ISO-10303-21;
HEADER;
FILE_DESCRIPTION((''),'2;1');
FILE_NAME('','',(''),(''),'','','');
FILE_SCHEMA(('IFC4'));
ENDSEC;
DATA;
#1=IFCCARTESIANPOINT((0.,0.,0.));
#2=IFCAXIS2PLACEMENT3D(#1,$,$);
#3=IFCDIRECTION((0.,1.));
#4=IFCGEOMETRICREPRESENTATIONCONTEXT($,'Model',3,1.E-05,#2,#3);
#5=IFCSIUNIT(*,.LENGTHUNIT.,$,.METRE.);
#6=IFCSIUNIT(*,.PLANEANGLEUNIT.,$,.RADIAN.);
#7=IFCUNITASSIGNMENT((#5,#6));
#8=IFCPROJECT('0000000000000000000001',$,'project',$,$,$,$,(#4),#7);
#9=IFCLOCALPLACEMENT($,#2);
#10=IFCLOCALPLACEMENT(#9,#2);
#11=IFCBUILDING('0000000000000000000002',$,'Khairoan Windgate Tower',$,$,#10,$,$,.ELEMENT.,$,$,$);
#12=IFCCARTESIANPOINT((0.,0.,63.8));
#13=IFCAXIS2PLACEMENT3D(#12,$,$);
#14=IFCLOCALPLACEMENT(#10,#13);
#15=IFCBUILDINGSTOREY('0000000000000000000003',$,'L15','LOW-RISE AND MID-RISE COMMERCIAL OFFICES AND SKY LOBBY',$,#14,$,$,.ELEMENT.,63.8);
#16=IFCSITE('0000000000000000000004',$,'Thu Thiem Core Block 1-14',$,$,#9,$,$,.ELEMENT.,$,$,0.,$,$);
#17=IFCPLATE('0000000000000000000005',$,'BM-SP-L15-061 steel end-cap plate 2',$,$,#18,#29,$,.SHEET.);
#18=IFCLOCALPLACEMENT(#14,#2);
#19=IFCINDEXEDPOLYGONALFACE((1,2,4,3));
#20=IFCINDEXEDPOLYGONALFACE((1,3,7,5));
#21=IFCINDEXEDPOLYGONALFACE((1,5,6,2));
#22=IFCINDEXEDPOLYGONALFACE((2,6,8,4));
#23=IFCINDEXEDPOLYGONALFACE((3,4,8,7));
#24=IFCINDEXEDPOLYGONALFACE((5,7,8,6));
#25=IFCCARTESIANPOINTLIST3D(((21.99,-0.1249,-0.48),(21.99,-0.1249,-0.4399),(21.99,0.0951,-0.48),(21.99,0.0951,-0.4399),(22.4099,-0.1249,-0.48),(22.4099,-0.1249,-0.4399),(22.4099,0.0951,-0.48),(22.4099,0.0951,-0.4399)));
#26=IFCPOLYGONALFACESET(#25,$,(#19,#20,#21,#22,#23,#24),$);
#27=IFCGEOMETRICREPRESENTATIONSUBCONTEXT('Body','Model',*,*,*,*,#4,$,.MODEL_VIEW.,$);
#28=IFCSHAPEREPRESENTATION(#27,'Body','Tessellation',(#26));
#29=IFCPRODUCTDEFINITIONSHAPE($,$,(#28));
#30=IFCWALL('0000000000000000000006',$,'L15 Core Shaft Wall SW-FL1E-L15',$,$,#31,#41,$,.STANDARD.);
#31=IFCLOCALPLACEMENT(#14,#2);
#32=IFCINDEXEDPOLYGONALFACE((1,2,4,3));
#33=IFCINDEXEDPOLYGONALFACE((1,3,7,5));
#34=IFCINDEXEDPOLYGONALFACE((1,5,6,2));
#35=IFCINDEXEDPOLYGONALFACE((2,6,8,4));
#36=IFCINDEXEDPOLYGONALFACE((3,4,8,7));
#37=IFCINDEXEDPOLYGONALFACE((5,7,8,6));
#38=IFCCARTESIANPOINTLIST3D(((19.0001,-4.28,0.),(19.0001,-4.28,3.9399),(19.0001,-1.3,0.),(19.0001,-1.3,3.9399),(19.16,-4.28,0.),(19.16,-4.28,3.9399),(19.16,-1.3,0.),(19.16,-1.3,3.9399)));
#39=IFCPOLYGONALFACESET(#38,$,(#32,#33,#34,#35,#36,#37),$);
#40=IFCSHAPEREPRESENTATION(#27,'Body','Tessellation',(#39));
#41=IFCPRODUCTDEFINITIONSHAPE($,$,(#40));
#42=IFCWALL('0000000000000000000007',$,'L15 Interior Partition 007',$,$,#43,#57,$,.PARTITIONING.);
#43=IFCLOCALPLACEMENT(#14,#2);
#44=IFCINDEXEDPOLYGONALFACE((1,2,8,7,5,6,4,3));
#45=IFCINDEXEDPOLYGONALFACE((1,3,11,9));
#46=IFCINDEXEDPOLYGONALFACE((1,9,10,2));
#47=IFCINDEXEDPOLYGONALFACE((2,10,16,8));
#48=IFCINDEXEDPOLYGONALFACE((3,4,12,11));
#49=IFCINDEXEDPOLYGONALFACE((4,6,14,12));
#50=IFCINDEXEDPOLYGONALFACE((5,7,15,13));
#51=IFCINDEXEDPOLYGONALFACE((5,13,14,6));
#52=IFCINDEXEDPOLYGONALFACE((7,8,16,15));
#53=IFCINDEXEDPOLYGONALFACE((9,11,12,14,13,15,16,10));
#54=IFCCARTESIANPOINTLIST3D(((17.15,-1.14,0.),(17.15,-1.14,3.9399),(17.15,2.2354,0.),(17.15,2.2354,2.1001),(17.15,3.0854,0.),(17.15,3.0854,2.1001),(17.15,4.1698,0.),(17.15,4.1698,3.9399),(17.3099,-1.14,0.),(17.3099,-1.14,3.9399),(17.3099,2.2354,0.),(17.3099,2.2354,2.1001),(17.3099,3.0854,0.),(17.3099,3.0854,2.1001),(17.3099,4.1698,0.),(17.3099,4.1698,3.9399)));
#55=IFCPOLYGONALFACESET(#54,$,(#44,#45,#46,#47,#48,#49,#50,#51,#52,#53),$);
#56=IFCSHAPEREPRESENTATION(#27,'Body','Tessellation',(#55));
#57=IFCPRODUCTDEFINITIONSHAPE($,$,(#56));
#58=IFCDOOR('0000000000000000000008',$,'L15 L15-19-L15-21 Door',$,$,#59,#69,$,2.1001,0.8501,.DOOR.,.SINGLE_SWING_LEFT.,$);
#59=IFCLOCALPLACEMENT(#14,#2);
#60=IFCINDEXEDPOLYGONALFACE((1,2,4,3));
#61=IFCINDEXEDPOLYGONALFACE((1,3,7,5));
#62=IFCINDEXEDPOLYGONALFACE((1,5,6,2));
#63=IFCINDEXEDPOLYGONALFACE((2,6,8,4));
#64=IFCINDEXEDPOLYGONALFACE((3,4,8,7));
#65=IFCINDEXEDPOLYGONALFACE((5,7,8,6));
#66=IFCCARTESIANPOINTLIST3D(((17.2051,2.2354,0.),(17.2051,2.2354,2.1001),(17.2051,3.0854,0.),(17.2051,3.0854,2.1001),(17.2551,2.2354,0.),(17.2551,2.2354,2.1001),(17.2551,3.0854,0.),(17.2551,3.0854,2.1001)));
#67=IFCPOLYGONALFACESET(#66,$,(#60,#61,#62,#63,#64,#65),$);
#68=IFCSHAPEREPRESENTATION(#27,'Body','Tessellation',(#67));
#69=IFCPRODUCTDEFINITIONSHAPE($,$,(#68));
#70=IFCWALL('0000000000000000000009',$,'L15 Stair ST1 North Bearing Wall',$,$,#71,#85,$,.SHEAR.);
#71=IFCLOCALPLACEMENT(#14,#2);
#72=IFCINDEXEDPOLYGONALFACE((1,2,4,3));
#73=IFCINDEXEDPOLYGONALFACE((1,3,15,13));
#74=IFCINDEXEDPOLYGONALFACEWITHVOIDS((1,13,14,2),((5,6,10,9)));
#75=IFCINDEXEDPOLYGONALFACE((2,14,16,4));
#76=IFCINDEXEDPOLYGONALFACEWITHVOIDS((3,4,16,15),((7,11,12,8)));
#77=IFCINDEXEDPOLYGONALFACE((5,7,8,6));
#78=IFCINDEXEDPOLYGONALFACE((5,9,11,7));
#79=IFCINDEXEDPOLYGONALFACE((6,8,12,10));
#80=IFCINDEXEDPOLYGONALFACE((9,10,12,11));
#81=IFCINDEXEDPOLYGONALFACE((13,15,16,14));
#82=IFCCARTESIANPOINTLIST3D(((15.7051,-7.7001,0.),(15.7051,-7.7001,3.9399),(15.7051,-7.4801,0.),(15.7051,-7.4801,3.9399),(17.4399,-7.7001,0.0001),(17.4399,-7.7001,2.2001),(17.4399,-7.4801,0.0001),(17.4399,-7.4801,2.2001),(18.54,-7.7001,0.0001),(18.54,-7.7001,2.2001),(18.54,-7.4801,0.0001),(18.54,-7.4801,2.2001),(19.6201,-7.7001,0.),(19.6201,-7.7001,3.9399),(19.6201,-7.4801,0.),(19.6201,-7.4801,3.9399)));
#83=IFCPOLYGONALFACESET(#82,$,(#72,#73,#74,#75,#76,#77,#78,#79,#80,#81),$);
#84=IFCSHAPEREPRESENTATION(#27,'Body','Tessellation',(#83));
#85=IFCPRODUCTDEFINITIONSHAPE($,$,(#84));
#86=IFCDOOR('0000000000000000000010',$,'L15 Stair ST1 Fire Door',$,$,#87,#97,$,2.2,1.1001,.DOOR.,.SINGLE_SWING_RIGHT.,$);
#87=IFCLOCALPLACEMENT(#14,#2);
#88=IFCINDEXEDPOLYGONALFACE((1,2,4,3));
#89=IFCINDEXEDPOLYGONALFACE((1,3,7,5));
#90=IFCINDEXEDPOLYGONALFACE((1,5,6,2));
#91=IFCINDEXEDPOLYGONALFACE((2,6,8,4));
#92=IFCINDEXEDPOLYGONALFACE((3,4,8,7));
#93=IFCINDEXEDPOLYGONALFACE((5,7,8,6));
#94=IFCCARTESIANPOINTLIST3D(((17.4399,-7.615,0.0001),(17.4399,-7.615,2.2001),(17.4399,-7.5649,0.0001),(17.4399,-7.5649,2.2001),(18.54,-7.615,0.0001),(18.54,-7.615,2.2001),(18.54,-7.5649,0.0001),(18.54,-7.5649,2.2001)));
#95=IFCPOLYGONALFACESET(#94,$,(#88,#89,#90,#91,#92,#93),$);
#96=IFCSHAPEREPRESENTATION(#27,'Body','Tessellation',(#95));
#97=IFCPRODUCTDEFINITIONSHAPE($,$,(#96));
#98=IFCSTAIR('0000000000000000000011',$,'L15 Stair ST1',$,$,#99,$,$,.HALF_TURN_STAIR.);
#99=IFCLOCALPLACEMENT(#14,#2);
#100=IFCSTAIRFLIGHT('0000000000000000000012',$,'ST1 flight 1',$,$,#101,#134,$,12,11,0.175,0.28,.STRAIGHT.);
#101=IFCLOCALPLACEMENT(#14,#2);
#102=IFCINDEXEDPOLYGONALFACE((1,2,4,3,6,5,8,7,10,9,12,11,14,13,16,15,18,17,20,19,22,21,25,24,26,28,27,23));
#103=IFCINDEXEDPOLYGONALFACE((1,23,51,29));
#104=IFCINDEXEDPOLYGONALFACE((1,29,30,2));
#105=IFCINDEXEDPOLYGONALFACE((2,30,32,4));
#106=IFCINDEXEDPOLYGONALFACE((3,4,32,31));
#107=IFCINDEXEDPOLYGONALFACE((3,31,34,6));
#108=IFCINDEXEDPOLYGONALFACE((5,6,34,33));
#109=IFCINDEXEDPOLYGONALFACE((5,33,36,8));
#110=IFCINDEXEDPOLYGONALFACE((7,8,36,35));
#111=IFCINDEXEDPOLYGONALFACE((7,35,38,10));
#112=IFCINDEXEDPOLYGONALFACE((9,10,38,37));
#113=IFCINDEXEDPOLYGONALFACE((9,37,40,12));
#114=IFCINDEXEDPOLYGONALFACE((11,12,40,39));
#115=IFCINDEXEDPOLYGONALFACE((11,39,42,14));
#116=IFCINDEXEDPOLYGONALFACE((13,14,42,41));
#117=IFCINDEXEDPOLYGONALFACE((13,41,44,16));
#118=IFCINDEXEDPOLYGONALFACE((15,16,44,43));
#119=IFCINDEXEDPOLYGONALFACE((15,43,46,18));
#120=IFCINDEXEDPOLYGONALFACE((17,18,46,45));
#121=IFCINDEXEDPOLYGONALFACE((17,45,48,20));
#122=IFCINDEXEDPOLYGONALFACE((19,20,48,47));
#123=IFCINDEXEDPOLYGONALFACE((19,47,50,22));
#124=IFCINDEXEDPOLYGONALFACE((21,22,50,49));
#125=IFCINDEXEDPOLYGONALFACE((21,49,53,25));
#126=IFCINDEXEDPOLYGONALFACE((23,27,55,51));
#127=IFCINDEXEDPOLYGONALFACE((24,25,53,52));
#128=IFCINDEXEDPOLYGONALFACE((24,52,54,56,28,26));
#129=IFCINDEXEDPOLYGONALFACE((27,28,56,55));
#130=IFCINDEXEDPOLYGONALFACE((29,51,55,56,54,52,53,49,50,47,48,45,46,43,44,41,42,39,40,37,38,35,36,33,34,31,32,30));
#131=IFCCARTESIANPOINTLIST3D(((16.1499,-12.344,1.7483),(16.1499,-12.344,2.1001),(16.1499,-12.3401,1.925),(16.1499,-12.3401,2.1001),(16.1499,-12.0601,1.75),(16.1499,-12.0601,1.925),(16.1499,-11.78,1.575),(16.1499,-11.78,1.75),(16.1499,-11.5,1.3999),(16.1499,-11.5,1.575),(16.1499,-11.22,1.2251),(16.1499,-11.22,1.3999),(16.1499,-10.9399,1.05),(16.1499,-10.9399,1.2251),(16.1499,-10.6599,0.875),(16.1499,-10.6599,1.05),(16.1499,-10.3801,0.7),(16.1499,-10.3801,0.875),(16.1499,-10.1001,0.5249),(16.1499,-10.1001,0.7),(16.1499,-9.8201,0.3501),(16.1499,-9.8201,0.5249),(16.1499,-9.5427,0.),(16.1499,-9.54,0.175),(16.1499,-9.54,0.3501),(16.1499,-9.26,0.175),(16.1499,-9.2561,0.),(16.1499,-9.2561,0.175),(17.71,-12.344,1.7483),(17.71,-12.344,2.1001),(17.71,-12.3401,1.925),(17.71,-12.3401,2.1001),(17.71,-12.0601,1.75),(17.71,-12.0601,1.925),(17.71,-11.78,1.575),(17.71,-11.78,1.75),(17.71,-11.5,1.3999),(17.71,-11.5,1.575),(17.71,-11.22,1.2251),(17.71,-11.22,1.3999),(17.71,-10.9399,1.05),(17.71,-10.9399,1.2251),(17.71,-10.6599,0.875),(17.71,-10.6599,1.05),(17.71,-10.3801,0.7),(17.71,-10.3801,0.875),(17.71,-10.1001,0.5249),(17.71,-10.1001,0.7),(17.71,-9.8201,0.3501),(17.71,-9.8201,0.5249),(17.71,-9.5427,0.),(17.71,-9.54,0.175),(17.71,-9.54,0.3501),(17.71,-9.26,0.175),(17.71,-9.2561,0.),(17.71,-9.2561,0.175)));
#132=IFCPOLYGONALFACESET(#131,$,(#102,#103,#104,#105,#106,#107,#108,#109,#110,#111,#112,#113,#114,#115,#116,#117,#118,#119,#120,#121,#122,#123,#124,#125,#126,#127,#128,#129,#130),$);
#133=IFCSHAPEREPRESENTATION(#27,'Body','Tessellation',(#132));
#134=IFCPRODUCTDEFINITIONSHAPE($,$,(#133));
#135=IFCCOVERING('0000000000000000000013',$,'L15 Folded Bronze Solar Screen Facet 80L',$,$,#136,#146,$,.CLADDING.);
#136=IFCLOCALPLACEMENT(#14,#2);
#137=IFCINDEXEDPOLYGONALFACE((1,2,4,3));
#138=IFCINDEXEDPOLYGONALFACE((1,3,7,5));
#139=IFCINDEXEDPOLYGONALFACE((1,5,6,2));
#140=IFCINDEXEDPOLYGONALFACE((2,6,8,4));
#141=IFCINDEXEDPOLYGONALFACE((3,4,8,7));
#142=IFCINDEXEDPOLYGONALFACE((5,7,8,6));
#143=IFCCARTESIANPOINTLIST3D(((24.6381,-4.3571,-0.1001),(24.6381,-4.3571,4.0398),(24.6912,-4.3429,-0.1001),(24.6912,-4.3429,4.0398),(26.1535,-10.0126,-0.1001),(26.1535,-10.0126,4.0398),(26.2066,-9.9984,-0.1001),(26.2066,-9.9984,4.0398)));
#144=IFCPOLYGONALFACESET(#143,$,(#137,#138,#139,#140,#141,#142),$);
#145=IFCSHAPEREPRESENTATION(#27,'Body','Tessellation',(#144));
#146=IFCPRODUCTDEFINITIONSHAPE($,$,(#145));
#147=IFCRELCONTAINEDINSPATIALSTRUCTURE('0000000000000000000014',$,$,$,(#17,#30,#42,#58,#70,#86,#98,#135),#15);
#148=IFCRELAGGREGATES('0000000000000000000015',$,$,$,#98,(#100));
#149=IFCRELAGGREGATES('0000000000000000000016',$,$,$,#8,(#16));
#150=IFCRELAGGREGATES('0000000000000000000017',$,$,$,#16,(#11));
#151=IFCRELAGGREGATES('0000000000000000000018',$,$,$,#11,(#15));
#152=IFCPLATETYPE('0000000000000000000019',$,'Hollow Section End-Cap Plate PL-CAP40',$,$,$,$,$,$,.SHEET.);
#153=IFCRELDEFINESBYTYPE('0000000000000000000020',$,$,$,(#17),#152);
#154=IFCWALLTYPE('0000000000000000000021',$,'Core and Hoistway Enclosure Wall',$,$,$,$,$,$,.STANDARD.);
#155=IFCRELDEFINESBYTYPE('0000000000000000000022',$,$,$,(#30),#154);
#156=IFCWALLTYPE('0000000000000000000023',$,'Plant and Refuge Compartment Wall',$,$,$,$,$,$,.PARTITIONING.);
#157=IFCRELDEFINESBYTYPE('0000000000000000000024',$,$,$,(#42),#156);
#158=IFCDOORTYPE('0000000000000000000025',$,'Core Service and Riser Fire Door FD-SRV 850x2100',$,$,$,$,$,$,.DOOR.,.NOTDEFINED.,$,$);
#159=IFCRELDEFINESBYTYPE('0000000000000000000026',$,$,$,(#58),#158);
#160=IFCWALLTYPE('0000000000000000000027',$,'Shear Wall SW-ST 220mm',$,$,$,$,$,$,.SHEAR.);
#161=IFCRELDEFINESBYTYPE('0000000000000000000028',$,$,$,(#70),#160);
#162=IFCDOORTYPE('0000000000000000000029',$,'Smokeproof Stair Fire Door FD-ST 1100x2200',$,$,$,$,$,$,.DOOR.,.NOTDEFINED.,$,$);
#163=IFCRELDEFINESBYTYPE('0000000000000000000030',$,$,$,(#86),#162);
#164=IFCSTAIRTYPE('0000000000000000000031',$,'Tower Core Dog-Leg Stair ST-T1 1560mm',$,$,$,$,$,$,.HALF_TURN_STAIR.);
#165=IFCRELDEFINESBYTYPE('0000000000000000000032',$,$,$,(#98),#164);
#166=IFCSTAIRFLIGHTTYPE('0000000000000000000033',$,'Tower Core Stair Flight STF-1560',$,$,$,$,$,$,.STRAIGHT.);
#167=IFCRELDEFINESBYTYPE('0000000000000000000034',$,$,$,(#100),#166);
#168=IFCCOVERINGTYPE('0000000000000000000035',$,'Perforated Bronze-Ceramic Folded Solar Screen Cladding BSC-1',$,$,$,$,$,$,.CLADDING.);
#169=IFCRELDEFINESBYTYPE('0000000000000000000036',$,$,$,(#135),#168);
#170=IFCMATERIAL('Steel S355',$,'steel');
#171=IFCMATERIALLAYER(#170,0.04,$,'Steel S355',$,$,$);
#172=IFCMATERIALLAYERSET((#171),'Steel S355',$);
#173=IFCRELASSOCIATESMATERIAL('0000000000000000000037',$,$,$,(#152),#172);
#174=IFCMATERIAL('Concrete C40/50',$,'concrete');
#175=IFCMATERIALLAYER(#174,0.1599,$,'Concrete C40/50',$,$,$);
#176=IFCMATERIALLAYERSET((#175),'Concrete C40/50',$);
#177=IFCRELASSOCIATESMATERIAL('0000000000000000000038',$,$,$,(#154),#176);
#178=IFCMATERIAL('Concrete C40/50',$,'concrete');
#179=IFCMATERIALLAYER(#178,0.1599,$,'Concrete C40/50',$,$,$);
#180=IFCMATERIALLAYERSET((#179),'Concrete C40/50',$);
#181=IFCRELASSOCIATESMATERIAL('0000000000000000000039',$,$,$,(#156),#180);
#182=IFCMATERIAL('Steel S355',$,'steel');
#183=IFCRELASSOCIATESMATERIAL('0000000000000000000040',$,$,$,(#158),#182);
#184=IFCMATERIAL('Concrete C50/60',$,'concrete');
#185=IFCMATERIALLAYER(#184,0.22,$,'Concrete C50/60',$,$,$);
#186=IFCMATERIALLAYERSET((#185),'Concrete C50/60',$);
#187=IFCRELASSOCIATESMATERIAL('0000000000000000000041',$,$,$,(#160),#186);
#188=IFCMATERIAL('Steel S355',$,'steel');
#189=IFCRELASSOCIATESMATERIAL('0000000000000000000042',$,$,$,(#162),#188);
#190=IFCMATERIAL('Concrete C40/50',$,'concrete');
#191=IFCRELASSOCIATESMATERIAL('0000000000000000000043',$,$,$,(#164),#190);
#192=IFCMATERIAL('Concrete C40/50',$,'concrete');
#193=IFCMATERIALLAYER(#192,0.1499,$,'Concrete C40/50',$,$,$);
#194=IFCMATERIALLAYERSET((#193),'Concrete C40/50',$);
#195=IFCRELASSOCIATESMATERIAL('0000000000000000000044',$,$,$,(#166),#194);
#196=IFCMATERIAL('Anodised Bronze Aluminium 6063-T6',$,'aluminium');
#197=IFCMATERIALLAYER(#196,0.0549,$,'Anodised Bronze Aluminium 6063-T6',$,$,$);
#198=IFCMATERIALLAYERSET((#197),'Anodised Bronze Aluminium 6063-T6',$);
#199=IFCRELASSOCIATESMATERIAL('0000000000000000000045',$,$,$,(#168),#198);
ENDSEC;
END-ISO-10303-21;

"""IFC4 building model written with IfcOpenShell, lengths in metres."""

from ifc_helpers import new_model, si_unit, direction, frame, frame_2d, origin, origin_2d, place, context, subcontext, project, spatial, polyline, rectangle, outline, extrude, material, layer, layer_set, type_object, element, fill, aggregate, save


model = new_model("IFC4")

# Units and contexts
model_context = context("Model", 3, precision=1e-05, world=origin(), true_north=direction((0.0, 1.0)))
body_context = subcontext(model_context, "Body", "Model", "MODEL_VIEW")
ifc_project = project(units=[si_unit("LENGTHUNIT", "METRE"), si_unit("PLANEANGLEUNIT", "RADIAN")], contexts=[model_context])

# Site, building, storey
site_placement = place(None, origin())
site = spatial("IfcSite", under=ifc_project, at=site_placement, Name="Thu Thiem Core Block 1-14", CompositionType="ELEMENT", RefElevation=0.0)
building_placement = place(site_placement, origin())
building = spatial("IfcBuilding", under=site, at=building_placement, Name="Khairoan Windgate Tower", CompositionType="ELEMENT")
storey_placement = place(building_placement, frame((0.0, 0.0, 63.8)))
storey = spatial("IfcBuildingStorey", under=building, at=storey_placement, Name="L15", Description="LOW-RISE AND MID-RISE COMMERCIAL OFFICES AND SKY LOBBY", CompositionType="ELEMENT", Elevation=63.8)

# Plate
ifc_material_1 = material(Name="Steel S355", Category="steel")
ifc_layer_1 = layer(ifc_material_1, 0.04, Name="Steel S355")
ifc_layer_set_1 = layer_set([ifc_layer_1], Name="Steel S355")
plate_type = type_object("IfcPlateType", Name="Hollow Section End-Cap Plate PL-CAP40", PredefinedType="SHEET", material=ifc_layer_set_1)
for number, where, z_axis, x_axis, name in (
    (1, (22.2, -0.0149, -0.48), (0.0, 0.0, 1.0), (0.0, 1.0, 0.0), "BM-SP-L15-061 steel end-cap plate 2"),
):
    element("IfcPlate", number, at=place(storey_placement, frame(where, z_axis=z_axis, x_axis=x_axis)), inside=storey, type_object=plate_type, Name=name, PredefinedType="SHEET", context=body_context, shape_type="SweptSolid", body=[
        extrude(rectangle(XDim=0.22, YDim=0.4199, at=origin_2d()), origin(), (0.0, 0.0, 1.0), 0.04),
    ])

# Wall
ifc_material_2 = material(Name="Concrete C40/50", Category="concrete")
ifc_layer_2 = layer(ifc_material_2, 0.1599, Name="Concrete C40/50")
ifc_layer_set_2 = layer_set([ifc_layer_2], Name="Concrete C40/50")
wall_type_1 = type_object("IfcWallType", Name="Core and Hoistway Enclosure Wall", PredefinedType="STANDARD", material=ifc_layer_set_2)
wall_1_placement = place(storey_placement, frame((19.0801, -4.28, 0.0), z_axis=(0.0, 0.0, 1.0), x_axis=(0.0, 1.0, 0.0)))
element("IfcWall", 2, at=wall_1_placement, inside=storey, type_object=wall_type_1, Name="L15 Core Shaft Wall SW-FL1E-L15", PredefinedType="STANDARD", context=body_context, shape_type="SweptSolid", body=[
    extrude(rectangle(XDim=2.98, YDim=0.1599, at=frame_2d((1.49, 0.0))), origin(), (0.0, 0.0, 1.0), 3.9399),
])

# Walls, openings, doors
ifc_material_3 = material(Name="Concrete C40/50", Category="concrete")
ifc_layer_3 = layer(ifc_material_3, 0.1599, Name="Concrete C40/50")
ifc_layer_set_3 = layer_set([ifc_layer_3], Name="Concrete C40/50")
wall_type_2 = type_object("IfcWallType", Name="Plant and Refuge Compartment Wall", PredefinedType="PARTITIONING", material=ifc_layer_set_3)
wall_2_placement = place(storey_placement, frame((17.23, -1.1399, 0.0), z_axis=(0.0, 0.0, 1.0), x_axis=(0.0, 1.0, 0.0)))
wall_2 = element("IfcWall", 3, at=wall_2_placement, inside=storey, type_object=wall_type_2, Name="L15 Interior Partition 007", PredefinedType="PARTITIONING", context=body_context, shape_type="SweptSolid", body=[
    extrude(rectangle(XDim=5.3098, YDim=0.1599, at=frame_2d((2.6548, 0.0))), origin(), (0.0, 0.0, 1.0), 3.9399),
])
opening_1_placement = place(wall_2_placement, frame((3.3752, 0.0, 0.0)))
opening_1 = element("IfcOpeningElement", 4, at=opening_1_placement, cuts=wall_2, PredefinedType="OPENING", context=body_context, shape_type="SweptSolid", body=[
    extrude(rectangle(XDim=0.8501, YDim=2.1001, at=frame_2d((0.425, 1.05))), frame((0.0, 0.0898, 0.0), z_axis=(0.0, -1.0, 0.0), x_axis=(1.0, 0.0, 0.0)), (0.0, 0.0, 1.0), 0.1799),
])
ifc_material_4 = material(Name="Steel S355", Category="steel")
door_type_1 = type_object("IfcDoorType", Name="Core Service and Riser Fire Door FD-SRV 850x2100", OperationType="NOTDEFINED", PredefinedType="DOOR", material=ifc_material_4)
door_1_placement = place(opening_1_placement, origin())
door_1 = element("IfcDoor", 5, at=door_1_placement, inside=storey, type_object=door_type_1, Name="L15 L15-19-L15-21 Door", OperationType="SINGLE_SWING_LEFT", OverallHeight=2.1001, OverallWidth=0.8501, PredefinedType="DOOR", context=body_context, shape_type="SweptSolid", body=[
    extrude(rectangle(XDim=0.8501, YDim=2.1001, at=frame_2d((0.425, 1.05))), frame((0.0, 0.0249, 0.0), z_axis=(0.0, -1.0, 0.0), x_axis=(1.0, 0.0, 0.0)), (0.0, 0.0, 1.0), 0.05),
])
fill(opening_1, door_1)
ifc_material_5 = material(Name="Concrete C50/60", Category="concrete")
ifc_layer_4 = layer(ifc_material_5, 0.22, Name="Concrete C50/60")
ifc_layer_set_4 = layer_set([ifc_layer_4], Name="Concrete C50/60")
wall_type_3 = type_object("IfcWallType", Name="Shear Wall SW-ST 220mm", PredefinedType="SHEAR", material=ifc_layer_set_4)
wall_3_placement = place(storey_placement, frame((19.6201, -7.5901, 0.0), z_axis=(0.0, 0.0, 1.0), x_axis=(-1.0, 0.0, 0.0)))
wall_3 = element("IfcWall", 6, at=wall_3_placement, inside=storey, type_object=wall_type_3, Name="L15 Stair ST1 North Bearing Wall", PredefinedType="SHEAR", context=body_context, shape_type="SweptSolid", body=[
    extrude(rectangle(XDim=3.915, YDim=0.22, at=frame_2d((1.9575, 0.0))), origin(), (0.0, 0.0, 1.0), 3.9399),
])
opening_2_placement = place(wall_3_placement, frame((1.0801, 0.0, 0.0)))
opening_2 = element("IfcOpeningElement", 7, at=opening_2_placement, cuts=wall_3, PredefinedType="OPENING", context=body_context, shape_type="SweptSolid", body=[
    extrude(rectangle(XDim=1.1001, YDim=2.2, at=frame_2d((0.55, 1.1001))), frame((0.0, 0.1199, 0.0), z_axis=(0.0, -1.0, 0.0), x_axis=(1.0, 0.0, 0.0)), (0.0, 0.0, 1.0), 0.24),
])
ifc_material_6 = material(Name="Steel S355", Category="steel")
door_type_2 = type_object("IfcDoorType", Name="Smokeproof Stair Fire Door FD-ST 1100x2200", OperationType="NOTDEFINED", PredefinedType="DOOR", material=ifc_material_6)
door_2_placement = place(opening_2_placement, origin())
door_2 = element("IfcDoor", 8, at=door_2_placement, inside=storey, type_object=door_type_2, Name="L15 Stair ST1 Fire Door", OperationType="SINGLE_SWING_RIGHT", OverallHeight=2.2, OverallWidth=1.1001, PredefinedType="DOOR", context=body_context, shape_type="SweptSolid", body=[
    extrude(rectangle(XDim=1.1001, YDim=2.2, at=frame_2d((0.55, 1.1001))), frame((0.0, 0.0249, 0.0), z_axis=(0.0, -1.0, 0.0), x_axis=(1.0, 0.0, 0.0)), (0.0, 0.0, 1.0), 0.05),
])
fill(opening_2, door_2)

# Stair, stair flight
ifc_material_7 = material(Name="Concrete C40/50", Category="concrete")
stair_type = type_object("IfcStairType", Name="Tower Core Dog-Leg Stair ST-T1 1560mm", PredefinedType="HALF_TURN_STAIR", material=ifc_material_7)
stair_placement = place(storey_placement, origin())
stair = element("IfcStair", 9, at=stair_placement, inside=storey, type_object=stair_type, Name="L15 Stair ST1", PredefinedType="HALF_TURN_STAIR")
ifc_material_8 = material(Name="Concrete C40/50", Category="concrete")
ifc_layer_5 = layer(ifc_material_8, 0.1499, Name="Concrete C40/50")
ifc_layer_set_5 = layer_set([ifc_layer_5], Name="Concrete C40/50")
stair_flight_type = type_object("IfcStairFlightType", Name="Tower Core Stair Flight STF-1560", PredefinedType="STRAIGHT", material=ifc_layer_set_5)
stair_flight_placement = place(storey_placement, frame((16.9299, -9.26, 0.0), z_axis=(0.0, 0.0, 1.0), x_axis=(0.0, -1.0, 0.0)))
stair_flight = element("IfcStairFlight", 10, at=stair_flight_placement, type_object=stair_flight_type, Name="ST1 flight 1", NumberOfRisers=12, NumberOfTreads=11, PredefinedType="STRAIGHT", RiserHeight=0.175, TreadLength=0.28, context=body_context, shape_type="SweptSolid", body=[
    extrude(outline(polyline([(-0.0039, 0.0), (-0.0039, 0.175), (0.0, 0.175), (0.28, 0.175), (0.28, 0.3501), (0.5601, 0.3501), (0.5601, 0.5249), (0.8401, 0.5249), (0.8401, 0.7), (1.1201, 0.7), (1.1201, 0.875), (1.3999, 0.875), (1.3999, 1.05), (1.6799, 1.05), (1.6799, 1.2251), (1.96, 1.2251), (1.96, 1.3999), (2.24, 1.3999), (2.24, 1.575), (2.52, 1.575), (2.52, 1.75), (2.8, 1.75), (2.8, 1.925), (3.0801, 1.925), (3.0801, 2.1001), (3.084, 2.1001), (3.084, 1.7483), (0.2827, 0.0), (-0.0039, 0.0)])), frame((0.0, 0.78, 0.0), z_axis=(0.0, -1.0, 0.0), x_axis=(1.0, 0.0, 0.0)), (0.0, 0.0, 1.0), 1.5601),
])
aggregate(stair, [stair_flight])

# Covering
ifc_material_9 = material(Name="Anodised Bronze Aluminium 6063-T6", Category="aluminium")
ifc_layer_6 = layer(ifc_material_9, 0.0549, Name="Anodised Bronze Aluminium 6063-T6")
ifc_layer_set_6 = layer_set([ifc_layer_6], Name="Anodised Bronze Aluminium 6063-T6")
covering_type = type_object("IfcCoveringType", Name="Perforated Bronze-Ceramic Folded Solar Screen Cladding BSC-1", PredefinedType="CLADDING", material=ifc_layer_set_6)
covering_placement = place(storey_placement, frame((25.4224, -7.1777, -0.1001), z_axis=(0.0, 0.0, 1.0), x_axis=(0.258819, -0.965926, 0.0)))
element("IfcCovering", 11, at=covering_placement, inside=storey, type_object=covering_type, Name="L15 Folded Bronze Solar Screen Facet 80L", PredefinedType="CLADDING", context=body_context, shape_type="SweptSolid", body=[
    extrude(rectangle(XDim=5.855, YDim=0.0549, at=origin_2d()), origin(), (0.0, 0.0, 1.0), 4.1399),
])

save(model, "model.ifc")
